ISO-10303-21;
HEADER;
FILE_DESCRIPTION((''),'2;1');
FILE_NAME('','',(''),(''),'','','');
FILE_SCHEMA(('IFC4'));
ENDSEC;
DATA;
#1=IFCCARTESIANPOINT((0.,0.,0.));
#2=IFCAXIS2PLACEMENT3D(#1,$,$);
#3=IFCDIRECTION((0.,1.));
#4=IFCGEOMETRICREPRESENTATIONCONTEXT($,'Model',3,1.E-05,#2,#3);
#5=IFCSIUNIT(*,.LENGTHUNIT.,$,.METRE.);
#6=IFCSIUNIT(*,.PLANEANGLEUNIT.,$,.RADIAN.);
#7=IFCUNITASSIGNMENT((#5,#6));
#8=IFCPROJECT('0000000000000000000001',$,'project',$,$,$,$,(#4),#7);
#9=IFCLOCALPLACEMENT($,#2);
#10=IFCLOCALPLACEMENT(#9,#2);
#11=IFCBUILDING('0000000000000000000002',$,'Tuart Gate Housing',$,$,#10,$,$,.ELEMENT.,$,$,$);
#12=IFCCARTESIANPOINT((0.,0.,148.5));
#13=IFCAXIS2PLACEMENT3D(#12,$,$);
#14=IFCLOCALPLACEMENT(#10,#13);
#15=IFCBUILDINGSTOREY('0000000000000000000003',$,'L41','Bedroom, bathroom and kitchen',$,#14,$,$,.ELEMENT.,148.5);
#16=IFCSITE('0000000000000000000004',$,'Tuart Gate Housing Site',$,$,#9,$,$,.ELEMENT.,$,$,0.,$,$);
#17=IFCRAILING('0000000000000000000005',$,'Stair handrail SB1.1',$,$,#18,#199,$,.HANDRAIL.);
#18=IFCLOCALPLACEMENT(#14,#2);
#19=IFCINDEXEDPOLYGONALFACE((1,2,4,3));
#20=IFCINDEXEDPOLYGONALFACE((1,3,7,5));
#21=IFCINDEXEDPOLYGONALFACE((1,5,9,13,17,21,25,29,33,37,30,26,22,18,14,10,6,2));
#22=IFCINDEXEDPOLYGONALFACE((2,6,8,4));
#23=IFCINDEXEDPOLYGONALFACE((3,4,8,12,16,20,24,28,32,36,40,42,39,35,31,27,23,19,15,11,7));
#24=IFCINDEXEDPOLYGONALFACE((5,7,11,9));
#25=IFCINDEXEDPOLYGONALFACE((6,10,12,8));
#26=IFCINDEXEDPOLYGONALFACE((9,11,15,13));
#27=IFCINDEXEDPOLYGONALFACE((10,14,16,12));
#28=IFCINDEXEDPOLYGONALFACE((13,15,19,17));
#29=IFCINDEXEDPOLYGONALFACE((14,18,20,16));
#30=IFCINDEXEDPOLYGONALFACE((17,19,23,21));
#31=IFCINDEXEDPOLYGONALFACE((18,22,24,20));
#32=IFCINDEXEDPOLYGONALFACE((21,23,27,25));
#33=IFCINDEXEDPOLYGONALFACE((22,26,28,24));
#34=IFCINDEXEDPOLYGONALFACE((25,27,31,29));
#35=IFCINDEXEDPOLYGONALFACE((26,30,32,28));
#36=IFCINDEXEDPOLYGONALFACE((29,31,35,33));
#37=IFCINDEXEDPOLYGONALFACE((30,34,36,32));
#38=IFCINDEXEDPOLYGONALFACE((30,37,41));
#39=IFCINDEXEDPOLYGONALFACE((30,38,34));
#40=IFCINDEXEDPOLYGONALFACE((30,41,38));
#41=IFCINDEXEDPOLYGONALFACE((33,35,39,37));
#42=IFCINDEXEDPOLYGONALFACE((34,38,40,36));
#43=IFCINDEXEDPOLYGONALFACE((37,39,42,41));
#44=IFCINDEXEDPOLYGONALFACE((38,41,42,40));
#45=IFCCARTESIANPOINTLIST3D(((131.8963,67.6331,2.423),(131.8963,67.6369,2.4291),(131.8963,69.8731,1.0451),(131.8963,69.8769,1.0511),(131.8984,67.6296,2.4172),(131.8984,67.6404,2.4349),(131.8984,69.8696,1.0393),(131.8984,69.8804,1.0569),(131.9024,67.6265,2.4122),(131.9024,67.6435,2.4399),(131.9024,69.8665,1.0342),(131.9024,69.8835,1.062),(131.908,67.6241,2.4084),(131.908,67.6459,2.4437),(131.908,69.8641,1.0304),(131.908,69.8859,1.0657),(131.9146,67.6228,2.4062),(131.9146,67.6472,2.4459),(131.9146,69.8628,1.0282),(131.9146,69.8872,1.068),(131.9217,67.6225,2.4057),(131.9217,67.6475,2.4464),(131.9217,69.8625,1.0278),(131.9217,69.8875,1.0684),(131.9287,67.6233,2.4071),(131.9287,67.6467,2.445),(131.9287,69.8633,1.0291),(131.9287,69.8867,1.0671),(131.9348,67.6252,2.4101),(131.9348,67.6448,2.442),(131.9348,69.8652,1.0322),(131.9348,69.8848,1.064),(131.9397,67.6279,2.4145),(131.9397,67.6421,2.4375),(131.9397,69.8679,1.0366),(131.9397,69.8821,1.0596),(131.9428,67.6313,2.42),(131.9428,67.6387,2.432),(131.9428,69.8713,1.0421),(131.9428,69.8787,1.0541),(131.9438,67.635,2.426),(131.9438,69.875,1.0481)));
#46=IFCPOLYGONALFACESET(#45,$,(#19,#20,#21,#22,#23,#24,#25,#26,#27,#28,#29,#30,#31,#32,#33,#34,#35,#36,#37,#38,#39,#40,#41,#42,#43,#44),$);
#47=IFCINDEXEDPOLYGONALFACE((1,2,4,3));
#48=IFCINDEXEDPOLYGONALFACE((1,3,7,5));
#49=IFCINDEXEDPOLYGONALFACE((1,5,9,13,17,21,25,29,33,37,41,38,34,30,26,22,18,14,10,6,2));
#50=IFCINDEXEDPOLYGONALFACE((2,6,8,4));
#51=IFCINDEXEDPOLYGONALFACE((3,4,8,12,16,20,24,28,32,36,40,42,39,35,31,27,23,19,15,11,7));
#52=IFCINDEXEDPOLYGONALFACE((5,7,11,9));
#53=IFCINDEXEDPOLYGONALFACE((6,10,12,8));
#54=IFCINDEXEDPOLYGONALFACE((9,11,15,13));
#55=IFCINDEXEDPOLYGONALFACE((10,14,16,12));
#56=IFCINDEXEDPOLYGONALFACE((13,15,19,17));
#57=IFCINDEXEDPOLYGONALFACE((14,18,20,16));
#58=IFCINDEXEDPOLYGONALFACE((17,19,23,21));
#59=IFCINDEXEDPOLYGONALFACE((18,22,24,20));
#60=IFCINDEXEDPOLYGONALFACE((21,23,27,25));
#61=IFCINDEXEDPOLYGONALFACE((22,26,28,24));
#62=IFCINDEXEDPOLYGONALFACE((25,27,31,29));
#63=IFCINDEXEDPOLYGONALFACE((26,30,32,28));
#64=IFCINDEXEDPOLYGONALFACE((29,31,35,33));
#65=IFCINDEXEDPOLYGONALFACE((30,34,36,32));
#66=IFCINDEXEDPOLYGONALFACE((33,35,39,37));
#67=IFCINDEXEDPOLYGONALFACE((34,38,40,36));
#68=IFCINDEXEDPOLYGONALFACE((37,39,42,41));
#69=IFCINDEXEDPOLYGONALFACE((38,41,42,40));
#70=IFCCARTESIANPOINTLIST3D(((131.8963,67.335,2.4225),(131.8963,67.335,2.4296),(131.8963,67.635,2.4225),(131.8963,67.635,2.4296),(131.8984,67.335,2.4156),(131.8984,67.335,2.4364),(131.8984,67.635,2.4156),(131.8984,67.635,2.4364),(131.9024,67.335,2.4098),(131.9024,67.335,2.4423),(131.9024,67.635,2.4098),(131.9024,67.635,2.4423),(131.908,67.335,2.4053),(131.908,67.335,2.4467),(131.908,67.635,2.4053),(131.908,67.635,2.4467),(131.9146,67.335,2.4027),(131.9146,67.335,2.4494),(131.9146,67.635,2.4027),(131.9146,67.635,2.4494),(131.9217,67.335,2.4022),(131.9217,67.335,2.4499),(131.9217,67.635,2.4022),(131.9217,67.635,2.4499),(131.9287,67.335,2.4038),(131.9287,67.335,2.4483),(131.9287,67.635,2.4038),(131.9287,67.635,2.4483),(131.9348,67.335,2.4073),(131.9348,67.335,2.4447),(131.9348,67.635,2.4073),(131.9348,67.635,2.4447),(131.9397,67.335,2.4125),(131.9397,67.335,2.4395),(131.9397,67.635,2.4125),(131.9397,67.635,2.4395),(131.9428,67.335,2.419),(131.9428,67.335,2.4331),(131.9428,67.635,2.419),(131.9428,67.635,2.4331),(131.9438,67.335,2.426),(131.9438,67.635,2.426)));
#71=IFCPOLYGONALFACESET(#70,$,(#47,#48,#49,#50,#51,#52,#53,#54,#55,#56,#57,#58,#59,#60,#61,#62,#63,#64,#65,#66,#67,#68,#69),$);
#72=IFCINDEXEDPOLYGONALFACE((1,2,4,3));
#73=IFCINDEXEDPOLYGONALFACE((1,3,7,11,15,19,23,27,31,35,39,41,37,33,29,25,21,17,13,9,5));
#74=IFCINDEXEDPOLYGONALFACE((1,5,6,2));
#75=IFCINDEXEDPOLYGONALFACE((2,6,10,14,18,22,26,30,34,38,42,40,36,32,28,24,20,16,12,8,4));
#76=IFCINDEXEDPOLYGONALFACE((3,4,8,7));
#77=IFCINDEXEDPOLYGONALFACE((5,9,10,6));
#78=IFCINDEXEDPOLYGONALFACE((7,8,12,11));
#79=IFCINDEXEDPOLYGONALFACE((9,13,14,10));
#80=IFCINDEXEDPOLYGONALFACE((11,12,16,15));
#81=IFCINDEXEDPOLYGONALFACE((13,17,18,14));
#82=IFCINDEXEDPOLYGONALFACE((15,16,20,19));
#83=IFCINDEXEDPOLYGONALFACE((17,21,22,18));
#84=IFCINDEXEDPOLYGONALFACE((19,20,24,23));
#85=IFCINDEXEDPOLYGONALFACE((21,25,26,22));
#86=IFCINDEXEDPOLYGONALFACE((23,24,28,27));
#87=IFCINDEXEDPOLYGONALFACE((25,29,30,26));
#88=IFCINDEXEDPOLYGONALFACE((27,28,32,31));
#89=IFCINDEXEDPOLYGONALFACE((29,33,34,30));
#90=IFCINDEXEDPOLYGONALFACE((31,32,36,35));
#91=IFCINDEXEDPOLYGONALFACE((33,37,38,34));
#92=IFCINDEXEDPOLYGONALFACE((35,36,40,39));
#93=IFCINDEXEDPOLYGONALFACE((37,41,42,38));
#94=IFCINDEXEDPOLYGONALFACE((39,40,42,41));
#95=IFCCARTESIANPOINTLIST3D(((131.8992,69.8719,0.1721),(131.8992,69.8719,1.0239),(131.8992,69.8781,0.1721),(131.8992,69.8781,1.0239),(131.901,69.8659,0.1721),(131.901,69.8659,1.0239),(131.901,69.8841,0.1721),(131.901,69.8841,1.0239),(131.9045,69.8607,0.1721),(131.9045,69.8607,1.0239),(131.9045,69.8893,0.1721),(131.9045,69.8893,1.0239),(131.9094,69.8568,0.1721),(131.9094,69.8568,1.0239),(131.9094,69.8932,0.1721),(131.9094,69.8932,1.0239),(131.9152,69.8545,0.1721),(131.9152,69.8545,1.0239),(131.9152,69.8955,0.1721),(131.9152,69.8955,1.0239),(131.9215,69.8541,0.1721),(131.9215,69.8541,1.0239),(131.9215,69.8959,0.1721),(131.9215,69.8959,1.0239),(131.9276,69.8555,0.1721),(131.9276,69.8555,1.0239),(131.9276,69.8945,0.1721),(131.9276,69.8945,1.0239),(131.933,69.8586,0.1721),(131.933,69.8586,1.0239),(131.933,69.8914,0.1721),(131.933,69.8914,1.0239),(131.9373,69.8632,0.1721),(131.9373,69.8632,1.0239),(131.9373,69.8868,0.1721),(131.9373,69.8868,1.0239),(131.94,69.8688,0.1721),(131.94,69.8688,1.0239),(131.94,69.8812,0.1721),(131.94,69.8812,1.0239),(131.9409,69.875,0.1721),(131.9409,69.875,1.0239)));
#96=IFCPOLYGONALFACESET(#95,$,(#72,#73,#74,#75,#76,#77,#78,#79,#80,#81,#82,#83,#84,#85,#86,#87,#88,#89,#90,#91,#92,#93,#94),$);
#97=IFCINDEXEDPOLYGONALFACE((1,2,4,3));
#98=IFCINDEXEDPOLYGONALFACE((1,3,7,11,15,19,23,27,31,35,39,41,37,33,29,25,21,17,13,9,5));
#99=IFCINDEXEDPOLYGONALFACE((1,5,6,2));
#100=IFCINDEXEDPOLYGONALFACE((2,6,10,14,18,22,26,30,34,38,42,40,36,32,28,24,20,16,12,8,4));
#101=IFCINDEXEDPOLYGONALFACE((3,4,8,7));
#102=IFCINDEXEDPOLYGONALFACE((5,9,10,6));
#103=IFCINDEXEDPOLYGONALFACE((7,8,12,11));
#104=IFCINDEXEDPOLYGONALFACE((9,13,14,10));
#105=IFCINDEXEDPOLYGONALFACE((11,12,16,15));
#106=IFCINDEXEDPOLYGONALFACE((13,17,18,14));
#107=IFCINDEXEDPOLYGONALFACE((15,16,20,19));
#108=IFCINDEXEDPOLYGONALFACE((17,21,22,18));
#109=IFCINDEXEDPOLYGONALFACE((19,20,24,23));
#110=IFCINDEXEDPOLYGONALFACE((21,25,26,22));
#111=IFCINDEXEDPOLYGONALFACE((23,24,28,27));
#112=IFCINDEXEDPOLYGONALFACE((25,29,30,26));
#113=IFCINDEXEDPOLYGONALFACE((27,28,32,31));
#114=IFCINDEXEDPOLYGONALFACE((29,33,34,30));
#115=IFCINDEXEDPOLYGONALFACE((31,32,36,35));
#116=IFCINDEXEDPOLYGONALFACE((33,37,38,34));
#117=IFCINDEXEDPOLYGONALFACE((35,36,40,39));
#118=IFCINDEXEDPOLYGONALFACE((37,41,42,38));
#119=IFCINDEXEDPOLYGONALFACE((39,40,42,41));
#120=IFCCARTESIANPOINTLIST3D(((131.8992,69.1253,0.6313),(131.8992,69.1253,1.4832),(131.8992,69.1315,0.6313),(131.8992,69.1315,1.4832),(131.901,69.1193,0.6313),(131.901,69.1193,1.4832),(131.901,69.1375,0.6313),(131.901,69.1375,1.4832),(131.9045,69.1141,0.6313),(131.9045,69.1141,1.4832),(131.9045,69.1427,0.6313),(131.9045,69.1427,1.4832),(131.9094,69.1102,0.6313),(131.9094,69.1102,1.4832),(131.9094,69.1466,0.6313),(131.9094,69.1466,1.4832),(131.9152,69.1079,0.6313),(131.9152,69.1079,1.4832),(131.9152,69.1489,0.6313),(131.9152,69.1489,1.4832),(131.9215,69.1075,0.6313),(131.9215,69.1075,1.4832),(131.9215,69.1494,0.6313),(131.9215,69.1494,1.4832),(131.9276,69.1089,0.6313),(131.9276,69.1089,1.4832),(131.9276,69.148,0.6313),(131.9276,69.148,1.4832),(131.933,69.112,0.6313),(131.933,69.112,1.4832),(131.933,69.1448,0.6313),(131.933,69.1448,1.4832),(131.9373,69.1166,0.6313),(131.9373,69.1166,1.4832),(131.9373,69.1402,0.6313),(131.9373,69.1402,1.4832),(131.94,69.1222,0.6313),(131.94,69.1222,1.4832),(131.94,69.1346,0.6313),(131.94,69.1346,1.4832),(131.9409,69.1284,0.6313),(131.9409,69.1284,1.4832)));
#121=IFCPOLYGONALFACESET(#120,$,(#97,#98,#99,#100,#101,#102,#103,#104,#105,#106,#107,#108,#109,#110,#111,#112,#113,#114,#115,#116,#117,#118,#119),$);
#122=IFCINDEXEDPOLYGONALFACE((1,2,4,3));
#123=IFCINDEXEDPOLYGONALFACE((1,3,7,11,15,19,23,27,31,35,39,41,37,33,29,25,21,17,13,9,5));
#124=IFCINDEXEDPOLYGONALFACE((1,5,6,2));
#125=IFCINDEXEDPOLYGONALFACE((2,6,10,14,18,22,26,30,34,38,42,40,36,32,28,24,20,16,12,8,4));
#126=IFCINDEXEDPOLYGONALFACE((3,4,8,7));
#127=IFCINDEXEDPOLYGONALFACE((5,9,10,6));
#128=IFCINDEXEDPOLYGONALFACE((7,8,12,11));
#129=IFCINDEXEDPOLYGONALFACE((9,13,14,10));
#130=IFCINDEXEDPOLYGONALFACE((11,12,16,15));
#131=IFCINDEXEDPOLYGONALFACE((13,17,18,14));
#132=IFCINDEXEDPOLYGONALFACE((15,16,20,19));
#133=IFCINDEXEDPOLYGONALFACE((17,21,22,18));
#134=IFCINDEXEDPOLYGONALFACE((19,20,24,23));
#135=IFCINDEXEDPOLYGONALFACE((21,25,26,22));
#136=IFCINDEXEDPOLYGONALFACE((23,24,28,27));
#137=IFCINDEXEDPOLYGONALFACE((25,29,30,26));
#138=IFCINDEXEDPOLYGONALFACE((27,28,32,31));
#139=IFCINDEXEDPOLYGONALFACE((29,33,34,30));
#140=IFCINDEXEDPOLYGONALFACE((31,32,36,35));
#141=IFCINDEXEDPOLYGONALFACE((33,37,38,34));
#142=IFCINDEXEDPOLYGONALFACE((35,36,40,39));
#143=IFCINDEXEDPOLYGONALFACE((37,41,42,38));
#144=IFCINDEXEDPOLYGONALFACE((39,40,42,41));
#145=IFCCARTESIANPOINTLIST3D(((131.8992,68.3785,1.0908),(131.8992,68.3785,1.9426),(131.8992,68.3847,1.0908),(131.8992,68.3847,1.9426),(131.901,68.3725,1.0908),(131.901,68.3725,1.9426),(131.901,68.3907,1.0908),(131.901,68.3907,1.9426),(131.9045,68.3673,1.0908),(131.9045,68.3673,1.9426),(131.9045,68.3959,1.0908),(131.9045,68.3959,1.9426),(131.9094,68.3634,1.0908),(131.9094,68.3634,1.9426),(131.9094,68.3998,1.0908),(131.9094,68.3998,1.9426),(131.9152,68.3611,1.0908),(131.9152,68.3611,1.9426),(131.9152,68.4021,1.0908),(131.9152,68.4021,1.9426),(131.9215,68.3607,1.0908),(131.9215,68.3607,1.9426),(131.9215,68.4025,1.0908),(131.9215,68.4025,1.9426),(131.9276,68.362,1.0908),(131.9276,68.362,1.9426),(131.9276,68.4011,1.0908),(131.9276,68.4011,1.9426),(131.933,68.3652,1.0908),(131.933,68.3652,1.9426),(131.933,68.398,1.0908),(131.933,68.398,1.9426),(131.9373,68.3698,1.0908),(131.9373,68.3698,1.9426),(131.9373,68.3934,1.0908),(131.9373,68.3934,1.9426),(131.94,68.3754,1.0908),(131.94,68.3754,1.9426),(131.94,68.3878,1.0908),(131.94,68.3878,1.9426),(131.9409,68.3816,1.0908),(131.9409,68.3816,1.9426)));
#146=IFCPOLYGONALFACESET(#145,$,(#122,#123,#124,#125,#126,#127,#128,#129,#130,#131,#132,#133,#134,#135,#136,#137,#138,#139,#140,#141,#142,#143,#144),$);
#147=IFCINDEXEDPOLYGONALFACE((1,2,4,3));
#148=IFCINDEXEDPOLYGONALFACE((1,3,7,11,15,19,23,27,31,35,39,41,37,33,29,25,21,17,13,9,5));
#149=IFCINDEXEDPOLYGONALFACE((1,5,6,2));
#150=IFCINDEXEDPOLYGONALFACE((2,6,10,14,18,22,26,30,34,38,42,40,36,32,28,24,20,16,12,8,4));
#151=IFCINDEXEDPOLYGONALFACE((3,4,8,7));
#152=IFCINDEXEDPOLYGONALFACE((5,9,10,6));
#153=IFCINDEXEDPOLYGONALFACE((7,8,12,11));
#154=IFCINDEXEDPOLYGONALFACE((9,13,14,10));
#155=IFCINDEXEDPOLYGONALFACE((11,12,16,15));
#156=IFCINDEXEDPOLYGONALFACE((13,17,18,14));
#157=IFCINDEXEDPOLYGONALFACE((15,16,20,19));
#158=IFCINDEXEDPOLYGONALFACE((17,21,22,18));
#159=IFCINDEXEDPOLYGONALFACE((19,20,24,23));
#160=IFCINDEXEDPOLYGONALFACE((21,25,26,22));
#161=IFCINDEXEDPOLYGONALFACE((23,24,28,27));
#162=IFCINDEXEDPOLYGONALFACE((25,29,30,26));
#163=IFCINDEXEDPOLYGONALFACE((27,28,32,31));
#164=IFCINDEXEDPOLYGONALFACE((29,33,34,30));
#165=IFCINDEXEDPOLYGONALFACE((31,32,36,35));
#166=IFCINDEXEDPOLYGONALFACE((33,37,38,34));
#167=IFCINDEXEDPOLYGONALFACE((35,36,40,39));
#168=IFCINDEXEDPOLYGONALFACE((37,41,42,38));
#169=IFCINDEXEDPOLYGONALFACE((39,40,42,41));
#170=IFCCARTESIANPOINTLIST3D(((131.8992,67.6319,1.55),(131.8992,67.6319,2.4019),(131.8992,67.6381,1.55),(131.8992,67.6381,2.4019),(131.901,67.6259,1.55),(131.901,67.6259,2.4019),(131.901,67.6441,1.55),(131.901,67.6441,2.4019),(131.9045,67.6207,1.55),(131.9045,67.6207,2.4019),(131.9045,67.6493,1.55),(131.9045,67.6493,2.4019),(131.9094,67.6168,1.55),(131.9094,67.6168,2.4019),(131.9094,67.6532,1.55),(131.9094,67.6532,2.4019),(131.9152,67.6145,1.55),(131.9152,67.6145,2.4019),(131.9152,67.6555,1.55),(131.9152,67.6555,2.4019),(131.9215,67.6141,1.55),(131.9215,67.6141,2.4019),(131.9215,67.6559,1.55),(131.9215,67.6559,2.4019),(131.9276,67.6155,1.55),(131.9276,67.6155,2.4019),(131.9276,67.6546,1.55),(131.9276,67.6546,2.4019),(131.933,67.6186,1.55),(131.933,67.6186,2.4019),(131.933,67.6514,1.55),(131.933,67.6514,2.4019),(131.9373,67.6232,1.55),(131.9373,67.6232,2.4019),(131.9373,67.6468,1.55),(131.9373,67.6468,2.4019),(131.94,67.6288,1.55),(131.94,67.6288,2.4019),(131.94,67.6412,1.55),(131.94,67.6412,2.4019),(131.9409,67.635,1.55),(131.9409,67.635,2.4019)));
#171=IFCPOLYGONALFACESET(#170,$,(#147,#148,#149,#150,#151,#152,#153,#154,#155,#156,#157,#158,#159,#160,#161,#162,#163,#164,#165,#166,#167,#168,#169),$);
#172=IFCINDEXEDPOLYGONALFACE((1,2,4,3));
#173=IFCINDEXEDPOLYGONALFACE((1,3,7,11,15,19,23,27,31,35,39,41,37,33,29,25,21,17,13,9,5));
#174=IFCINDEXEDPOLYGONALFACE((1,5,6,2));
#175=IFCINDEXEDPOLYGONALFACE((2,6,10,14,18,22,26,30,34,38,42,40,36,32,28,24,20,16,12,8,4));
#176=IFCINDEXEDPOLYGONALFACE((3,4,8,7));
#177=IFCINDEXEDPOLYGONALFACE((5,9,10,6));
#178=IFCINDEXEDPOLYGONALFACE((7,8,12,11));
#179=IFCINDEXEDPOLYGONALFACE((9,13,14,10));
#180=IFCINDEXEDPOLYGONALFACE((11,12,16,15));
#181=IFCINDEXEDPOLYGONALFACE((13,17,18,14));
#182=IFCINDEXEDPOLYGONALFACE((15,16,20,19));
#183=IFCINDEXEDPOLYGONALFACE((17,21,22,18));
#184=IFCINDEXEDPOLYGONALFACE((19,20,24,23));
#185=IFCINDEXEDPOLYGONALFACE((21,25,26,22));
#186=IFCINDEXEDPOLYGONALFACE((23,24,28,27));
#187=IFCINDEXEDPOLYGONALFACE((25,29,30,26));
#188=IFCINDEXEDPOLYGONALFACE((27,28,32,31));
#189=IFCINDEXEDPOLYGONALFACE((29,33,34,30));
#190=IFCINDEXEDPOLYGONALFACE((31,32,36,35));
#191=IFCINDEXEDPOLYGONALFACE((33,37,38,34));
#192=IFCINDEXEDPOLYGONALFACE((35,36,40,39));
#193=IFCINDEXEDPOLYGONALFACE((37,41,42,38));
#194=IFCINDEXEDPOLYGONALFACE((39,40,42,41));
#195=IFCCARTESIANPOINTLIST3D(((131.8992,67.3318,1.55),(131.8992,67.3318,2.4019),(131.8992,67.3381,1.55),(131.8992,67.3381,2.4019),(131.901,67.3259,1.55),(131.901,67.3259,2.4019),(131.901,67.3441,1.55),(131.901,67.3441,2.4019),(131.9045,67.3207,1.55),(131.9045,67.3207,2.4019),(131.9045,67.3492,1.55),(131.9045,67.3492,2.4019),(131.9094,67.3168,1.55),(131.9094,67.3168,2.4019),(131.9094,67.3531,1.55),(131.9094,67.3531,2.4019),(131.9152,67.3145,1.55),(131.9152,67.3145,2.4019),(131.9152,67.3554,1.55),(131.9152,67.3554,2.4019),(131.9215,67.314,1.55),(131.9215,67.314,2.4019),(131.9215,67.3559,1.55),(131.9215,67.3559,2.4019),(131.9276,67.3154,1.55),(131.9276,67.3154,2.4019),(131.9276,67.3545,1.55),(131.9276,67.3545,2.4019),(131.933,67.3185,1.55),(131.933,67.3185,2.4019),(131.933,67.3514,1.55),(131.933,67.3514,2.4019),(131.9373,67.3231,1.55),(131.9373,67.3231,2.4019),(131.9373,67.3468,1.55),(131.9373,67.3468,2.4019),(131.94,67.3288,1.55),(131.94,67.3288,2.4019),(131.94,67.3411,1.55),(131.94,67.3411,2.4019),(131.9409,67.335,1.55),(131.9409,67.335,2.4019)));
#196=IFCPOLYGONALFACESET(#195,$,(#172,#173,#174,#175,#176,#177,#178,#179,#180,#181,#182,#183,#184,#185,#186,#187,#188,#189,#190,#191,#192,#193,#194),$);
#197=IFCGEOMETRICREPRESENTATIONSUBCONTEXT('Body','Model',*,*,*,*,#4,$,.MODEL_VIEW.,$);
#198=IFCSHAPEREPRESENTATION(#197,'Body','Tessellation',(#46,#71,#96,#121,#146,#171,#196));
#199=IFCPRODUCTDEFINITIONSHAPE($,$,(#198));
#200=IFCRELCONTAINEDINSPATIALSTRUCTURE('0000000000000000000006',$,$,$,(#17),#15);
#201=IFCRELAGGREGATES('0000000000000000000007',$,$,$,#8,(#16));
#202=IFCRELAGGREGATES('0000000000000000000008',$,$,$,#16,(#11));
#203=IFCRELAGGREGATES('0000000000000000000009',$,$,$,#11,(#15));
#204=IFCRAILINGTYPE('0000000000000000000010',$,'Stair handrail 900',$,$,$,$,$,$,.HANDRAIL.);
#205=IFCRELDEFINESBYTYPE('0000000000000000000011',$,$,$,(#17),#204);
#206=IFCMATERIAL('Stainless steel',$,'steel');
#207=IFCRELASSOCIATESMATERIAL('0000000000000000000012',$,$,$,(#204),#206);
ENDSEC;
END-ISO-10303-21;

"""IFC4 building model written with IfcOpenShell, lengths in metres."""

from ifc_helpers import new_model, si_unit, direction, frame, origin, origin_2d, place, context, subcontext, project, spatial, circle, extrude, material, type_object, element, save


model = new_model("IFC4")

# Units and contexts
model_context = context("Model", 3, precision=1e-05, world=origin(), true_north=direction((0.0, 1.0)))
body_context = subcontext(model_context, "Body", "Model", "MODEL_VIEW")
ifc_project = project(units=[si_unit("LENGTHUNIT", "METRE"), si_unit("PLANEANGLEUNIT", "RADIAN")], contexts=[model_context])

# Site, building, storey
site_placement = place(None, origin())
site = spatial("IfcSite", under=ifc_project, at=site_placement, Name="Tuart Gate Housing Site", CompositionType="ELEMENT", RefElevation=0.0)
building_placement = place(site_placement, origin())
building = spatial("IfcBuilding", under=site, at=building_placement, Name="Tuart Gate Housing", CompositionType="ELEMENT")
storey_placement = place(building_placement, frame((0.0, 0.0, 148.5)))
storey = spatial("IfcBuildingStorey", under=building, at=storey_placement, Name="L41", Description="Bedroom, bathroom and kitchen", CompositionType="ELEMENT", Elevation=148.5)

# Railing
ifc_material_1 = material(Name="Stainless steel", Category="steel")
railing_type = type_object("IfcRailingType", Name="Stair handrail 900", PredefinedType="HANDRAIL", material=ifc_material_1)
railing_placement = place(storey_placement, frame((131.9199, 69.875, 0.1721)))
element("IfcRailing", 1, at=railing_placement, inside=storey, type_object=railing_type, Name="Stair handrail SB1.1", PredefinedType="HANDRAIL", context=body_context, shape_type="SweptSolid", body=[
    extrude(circle(Radius=0.0239, at=origin_2d()), frame((0.0, 0.0, 0.876), z_axis=(0.0, -0.851748, 0.523952), x_axis=(1.0, 0.0, 0.0)), (0.0, 0.0, 1.0), 2.6299),
    extrude(circle(Radius=0.0239, at=origin_2d()), frame((0.0, -2.24, 2.2539), z_axis=(0.0, -1.0, 0.0), x_axis=(1.0, 0.0, 0.0)), (0.0, 0.0, 1.0), 0.3),
    extrude(circle(Radius=0.021, at=origin_2d()), origin(), (0.0, 0.0, 1.0), 0.8518),
    extrude(circle(Radius=0.021, at=origin_2d()), frame((0.0, -0.7466, 0.4592)), (0.0, 0.0, 1.0), 0.8518),
    extrude(circle(Radius=0.021, at=origin_2d()), frame((0.0, -1.4934, 0.9187)), (0.0, 0.0, 1.0), 0.8518),
    extrude(circle(Radius=0.021, at=origin_2d()), frame((0.0, -2.24, 1.3779)), (0.0, 0.0, 1.0), 0.8518),
    extrude(circle(Radius=0.021, at=origin_2d()), frame((0.0, -2.54, 1.3779)), (0.0, 0.0, 1.0), 0.8518),
])

save(model, "model.ifc")
